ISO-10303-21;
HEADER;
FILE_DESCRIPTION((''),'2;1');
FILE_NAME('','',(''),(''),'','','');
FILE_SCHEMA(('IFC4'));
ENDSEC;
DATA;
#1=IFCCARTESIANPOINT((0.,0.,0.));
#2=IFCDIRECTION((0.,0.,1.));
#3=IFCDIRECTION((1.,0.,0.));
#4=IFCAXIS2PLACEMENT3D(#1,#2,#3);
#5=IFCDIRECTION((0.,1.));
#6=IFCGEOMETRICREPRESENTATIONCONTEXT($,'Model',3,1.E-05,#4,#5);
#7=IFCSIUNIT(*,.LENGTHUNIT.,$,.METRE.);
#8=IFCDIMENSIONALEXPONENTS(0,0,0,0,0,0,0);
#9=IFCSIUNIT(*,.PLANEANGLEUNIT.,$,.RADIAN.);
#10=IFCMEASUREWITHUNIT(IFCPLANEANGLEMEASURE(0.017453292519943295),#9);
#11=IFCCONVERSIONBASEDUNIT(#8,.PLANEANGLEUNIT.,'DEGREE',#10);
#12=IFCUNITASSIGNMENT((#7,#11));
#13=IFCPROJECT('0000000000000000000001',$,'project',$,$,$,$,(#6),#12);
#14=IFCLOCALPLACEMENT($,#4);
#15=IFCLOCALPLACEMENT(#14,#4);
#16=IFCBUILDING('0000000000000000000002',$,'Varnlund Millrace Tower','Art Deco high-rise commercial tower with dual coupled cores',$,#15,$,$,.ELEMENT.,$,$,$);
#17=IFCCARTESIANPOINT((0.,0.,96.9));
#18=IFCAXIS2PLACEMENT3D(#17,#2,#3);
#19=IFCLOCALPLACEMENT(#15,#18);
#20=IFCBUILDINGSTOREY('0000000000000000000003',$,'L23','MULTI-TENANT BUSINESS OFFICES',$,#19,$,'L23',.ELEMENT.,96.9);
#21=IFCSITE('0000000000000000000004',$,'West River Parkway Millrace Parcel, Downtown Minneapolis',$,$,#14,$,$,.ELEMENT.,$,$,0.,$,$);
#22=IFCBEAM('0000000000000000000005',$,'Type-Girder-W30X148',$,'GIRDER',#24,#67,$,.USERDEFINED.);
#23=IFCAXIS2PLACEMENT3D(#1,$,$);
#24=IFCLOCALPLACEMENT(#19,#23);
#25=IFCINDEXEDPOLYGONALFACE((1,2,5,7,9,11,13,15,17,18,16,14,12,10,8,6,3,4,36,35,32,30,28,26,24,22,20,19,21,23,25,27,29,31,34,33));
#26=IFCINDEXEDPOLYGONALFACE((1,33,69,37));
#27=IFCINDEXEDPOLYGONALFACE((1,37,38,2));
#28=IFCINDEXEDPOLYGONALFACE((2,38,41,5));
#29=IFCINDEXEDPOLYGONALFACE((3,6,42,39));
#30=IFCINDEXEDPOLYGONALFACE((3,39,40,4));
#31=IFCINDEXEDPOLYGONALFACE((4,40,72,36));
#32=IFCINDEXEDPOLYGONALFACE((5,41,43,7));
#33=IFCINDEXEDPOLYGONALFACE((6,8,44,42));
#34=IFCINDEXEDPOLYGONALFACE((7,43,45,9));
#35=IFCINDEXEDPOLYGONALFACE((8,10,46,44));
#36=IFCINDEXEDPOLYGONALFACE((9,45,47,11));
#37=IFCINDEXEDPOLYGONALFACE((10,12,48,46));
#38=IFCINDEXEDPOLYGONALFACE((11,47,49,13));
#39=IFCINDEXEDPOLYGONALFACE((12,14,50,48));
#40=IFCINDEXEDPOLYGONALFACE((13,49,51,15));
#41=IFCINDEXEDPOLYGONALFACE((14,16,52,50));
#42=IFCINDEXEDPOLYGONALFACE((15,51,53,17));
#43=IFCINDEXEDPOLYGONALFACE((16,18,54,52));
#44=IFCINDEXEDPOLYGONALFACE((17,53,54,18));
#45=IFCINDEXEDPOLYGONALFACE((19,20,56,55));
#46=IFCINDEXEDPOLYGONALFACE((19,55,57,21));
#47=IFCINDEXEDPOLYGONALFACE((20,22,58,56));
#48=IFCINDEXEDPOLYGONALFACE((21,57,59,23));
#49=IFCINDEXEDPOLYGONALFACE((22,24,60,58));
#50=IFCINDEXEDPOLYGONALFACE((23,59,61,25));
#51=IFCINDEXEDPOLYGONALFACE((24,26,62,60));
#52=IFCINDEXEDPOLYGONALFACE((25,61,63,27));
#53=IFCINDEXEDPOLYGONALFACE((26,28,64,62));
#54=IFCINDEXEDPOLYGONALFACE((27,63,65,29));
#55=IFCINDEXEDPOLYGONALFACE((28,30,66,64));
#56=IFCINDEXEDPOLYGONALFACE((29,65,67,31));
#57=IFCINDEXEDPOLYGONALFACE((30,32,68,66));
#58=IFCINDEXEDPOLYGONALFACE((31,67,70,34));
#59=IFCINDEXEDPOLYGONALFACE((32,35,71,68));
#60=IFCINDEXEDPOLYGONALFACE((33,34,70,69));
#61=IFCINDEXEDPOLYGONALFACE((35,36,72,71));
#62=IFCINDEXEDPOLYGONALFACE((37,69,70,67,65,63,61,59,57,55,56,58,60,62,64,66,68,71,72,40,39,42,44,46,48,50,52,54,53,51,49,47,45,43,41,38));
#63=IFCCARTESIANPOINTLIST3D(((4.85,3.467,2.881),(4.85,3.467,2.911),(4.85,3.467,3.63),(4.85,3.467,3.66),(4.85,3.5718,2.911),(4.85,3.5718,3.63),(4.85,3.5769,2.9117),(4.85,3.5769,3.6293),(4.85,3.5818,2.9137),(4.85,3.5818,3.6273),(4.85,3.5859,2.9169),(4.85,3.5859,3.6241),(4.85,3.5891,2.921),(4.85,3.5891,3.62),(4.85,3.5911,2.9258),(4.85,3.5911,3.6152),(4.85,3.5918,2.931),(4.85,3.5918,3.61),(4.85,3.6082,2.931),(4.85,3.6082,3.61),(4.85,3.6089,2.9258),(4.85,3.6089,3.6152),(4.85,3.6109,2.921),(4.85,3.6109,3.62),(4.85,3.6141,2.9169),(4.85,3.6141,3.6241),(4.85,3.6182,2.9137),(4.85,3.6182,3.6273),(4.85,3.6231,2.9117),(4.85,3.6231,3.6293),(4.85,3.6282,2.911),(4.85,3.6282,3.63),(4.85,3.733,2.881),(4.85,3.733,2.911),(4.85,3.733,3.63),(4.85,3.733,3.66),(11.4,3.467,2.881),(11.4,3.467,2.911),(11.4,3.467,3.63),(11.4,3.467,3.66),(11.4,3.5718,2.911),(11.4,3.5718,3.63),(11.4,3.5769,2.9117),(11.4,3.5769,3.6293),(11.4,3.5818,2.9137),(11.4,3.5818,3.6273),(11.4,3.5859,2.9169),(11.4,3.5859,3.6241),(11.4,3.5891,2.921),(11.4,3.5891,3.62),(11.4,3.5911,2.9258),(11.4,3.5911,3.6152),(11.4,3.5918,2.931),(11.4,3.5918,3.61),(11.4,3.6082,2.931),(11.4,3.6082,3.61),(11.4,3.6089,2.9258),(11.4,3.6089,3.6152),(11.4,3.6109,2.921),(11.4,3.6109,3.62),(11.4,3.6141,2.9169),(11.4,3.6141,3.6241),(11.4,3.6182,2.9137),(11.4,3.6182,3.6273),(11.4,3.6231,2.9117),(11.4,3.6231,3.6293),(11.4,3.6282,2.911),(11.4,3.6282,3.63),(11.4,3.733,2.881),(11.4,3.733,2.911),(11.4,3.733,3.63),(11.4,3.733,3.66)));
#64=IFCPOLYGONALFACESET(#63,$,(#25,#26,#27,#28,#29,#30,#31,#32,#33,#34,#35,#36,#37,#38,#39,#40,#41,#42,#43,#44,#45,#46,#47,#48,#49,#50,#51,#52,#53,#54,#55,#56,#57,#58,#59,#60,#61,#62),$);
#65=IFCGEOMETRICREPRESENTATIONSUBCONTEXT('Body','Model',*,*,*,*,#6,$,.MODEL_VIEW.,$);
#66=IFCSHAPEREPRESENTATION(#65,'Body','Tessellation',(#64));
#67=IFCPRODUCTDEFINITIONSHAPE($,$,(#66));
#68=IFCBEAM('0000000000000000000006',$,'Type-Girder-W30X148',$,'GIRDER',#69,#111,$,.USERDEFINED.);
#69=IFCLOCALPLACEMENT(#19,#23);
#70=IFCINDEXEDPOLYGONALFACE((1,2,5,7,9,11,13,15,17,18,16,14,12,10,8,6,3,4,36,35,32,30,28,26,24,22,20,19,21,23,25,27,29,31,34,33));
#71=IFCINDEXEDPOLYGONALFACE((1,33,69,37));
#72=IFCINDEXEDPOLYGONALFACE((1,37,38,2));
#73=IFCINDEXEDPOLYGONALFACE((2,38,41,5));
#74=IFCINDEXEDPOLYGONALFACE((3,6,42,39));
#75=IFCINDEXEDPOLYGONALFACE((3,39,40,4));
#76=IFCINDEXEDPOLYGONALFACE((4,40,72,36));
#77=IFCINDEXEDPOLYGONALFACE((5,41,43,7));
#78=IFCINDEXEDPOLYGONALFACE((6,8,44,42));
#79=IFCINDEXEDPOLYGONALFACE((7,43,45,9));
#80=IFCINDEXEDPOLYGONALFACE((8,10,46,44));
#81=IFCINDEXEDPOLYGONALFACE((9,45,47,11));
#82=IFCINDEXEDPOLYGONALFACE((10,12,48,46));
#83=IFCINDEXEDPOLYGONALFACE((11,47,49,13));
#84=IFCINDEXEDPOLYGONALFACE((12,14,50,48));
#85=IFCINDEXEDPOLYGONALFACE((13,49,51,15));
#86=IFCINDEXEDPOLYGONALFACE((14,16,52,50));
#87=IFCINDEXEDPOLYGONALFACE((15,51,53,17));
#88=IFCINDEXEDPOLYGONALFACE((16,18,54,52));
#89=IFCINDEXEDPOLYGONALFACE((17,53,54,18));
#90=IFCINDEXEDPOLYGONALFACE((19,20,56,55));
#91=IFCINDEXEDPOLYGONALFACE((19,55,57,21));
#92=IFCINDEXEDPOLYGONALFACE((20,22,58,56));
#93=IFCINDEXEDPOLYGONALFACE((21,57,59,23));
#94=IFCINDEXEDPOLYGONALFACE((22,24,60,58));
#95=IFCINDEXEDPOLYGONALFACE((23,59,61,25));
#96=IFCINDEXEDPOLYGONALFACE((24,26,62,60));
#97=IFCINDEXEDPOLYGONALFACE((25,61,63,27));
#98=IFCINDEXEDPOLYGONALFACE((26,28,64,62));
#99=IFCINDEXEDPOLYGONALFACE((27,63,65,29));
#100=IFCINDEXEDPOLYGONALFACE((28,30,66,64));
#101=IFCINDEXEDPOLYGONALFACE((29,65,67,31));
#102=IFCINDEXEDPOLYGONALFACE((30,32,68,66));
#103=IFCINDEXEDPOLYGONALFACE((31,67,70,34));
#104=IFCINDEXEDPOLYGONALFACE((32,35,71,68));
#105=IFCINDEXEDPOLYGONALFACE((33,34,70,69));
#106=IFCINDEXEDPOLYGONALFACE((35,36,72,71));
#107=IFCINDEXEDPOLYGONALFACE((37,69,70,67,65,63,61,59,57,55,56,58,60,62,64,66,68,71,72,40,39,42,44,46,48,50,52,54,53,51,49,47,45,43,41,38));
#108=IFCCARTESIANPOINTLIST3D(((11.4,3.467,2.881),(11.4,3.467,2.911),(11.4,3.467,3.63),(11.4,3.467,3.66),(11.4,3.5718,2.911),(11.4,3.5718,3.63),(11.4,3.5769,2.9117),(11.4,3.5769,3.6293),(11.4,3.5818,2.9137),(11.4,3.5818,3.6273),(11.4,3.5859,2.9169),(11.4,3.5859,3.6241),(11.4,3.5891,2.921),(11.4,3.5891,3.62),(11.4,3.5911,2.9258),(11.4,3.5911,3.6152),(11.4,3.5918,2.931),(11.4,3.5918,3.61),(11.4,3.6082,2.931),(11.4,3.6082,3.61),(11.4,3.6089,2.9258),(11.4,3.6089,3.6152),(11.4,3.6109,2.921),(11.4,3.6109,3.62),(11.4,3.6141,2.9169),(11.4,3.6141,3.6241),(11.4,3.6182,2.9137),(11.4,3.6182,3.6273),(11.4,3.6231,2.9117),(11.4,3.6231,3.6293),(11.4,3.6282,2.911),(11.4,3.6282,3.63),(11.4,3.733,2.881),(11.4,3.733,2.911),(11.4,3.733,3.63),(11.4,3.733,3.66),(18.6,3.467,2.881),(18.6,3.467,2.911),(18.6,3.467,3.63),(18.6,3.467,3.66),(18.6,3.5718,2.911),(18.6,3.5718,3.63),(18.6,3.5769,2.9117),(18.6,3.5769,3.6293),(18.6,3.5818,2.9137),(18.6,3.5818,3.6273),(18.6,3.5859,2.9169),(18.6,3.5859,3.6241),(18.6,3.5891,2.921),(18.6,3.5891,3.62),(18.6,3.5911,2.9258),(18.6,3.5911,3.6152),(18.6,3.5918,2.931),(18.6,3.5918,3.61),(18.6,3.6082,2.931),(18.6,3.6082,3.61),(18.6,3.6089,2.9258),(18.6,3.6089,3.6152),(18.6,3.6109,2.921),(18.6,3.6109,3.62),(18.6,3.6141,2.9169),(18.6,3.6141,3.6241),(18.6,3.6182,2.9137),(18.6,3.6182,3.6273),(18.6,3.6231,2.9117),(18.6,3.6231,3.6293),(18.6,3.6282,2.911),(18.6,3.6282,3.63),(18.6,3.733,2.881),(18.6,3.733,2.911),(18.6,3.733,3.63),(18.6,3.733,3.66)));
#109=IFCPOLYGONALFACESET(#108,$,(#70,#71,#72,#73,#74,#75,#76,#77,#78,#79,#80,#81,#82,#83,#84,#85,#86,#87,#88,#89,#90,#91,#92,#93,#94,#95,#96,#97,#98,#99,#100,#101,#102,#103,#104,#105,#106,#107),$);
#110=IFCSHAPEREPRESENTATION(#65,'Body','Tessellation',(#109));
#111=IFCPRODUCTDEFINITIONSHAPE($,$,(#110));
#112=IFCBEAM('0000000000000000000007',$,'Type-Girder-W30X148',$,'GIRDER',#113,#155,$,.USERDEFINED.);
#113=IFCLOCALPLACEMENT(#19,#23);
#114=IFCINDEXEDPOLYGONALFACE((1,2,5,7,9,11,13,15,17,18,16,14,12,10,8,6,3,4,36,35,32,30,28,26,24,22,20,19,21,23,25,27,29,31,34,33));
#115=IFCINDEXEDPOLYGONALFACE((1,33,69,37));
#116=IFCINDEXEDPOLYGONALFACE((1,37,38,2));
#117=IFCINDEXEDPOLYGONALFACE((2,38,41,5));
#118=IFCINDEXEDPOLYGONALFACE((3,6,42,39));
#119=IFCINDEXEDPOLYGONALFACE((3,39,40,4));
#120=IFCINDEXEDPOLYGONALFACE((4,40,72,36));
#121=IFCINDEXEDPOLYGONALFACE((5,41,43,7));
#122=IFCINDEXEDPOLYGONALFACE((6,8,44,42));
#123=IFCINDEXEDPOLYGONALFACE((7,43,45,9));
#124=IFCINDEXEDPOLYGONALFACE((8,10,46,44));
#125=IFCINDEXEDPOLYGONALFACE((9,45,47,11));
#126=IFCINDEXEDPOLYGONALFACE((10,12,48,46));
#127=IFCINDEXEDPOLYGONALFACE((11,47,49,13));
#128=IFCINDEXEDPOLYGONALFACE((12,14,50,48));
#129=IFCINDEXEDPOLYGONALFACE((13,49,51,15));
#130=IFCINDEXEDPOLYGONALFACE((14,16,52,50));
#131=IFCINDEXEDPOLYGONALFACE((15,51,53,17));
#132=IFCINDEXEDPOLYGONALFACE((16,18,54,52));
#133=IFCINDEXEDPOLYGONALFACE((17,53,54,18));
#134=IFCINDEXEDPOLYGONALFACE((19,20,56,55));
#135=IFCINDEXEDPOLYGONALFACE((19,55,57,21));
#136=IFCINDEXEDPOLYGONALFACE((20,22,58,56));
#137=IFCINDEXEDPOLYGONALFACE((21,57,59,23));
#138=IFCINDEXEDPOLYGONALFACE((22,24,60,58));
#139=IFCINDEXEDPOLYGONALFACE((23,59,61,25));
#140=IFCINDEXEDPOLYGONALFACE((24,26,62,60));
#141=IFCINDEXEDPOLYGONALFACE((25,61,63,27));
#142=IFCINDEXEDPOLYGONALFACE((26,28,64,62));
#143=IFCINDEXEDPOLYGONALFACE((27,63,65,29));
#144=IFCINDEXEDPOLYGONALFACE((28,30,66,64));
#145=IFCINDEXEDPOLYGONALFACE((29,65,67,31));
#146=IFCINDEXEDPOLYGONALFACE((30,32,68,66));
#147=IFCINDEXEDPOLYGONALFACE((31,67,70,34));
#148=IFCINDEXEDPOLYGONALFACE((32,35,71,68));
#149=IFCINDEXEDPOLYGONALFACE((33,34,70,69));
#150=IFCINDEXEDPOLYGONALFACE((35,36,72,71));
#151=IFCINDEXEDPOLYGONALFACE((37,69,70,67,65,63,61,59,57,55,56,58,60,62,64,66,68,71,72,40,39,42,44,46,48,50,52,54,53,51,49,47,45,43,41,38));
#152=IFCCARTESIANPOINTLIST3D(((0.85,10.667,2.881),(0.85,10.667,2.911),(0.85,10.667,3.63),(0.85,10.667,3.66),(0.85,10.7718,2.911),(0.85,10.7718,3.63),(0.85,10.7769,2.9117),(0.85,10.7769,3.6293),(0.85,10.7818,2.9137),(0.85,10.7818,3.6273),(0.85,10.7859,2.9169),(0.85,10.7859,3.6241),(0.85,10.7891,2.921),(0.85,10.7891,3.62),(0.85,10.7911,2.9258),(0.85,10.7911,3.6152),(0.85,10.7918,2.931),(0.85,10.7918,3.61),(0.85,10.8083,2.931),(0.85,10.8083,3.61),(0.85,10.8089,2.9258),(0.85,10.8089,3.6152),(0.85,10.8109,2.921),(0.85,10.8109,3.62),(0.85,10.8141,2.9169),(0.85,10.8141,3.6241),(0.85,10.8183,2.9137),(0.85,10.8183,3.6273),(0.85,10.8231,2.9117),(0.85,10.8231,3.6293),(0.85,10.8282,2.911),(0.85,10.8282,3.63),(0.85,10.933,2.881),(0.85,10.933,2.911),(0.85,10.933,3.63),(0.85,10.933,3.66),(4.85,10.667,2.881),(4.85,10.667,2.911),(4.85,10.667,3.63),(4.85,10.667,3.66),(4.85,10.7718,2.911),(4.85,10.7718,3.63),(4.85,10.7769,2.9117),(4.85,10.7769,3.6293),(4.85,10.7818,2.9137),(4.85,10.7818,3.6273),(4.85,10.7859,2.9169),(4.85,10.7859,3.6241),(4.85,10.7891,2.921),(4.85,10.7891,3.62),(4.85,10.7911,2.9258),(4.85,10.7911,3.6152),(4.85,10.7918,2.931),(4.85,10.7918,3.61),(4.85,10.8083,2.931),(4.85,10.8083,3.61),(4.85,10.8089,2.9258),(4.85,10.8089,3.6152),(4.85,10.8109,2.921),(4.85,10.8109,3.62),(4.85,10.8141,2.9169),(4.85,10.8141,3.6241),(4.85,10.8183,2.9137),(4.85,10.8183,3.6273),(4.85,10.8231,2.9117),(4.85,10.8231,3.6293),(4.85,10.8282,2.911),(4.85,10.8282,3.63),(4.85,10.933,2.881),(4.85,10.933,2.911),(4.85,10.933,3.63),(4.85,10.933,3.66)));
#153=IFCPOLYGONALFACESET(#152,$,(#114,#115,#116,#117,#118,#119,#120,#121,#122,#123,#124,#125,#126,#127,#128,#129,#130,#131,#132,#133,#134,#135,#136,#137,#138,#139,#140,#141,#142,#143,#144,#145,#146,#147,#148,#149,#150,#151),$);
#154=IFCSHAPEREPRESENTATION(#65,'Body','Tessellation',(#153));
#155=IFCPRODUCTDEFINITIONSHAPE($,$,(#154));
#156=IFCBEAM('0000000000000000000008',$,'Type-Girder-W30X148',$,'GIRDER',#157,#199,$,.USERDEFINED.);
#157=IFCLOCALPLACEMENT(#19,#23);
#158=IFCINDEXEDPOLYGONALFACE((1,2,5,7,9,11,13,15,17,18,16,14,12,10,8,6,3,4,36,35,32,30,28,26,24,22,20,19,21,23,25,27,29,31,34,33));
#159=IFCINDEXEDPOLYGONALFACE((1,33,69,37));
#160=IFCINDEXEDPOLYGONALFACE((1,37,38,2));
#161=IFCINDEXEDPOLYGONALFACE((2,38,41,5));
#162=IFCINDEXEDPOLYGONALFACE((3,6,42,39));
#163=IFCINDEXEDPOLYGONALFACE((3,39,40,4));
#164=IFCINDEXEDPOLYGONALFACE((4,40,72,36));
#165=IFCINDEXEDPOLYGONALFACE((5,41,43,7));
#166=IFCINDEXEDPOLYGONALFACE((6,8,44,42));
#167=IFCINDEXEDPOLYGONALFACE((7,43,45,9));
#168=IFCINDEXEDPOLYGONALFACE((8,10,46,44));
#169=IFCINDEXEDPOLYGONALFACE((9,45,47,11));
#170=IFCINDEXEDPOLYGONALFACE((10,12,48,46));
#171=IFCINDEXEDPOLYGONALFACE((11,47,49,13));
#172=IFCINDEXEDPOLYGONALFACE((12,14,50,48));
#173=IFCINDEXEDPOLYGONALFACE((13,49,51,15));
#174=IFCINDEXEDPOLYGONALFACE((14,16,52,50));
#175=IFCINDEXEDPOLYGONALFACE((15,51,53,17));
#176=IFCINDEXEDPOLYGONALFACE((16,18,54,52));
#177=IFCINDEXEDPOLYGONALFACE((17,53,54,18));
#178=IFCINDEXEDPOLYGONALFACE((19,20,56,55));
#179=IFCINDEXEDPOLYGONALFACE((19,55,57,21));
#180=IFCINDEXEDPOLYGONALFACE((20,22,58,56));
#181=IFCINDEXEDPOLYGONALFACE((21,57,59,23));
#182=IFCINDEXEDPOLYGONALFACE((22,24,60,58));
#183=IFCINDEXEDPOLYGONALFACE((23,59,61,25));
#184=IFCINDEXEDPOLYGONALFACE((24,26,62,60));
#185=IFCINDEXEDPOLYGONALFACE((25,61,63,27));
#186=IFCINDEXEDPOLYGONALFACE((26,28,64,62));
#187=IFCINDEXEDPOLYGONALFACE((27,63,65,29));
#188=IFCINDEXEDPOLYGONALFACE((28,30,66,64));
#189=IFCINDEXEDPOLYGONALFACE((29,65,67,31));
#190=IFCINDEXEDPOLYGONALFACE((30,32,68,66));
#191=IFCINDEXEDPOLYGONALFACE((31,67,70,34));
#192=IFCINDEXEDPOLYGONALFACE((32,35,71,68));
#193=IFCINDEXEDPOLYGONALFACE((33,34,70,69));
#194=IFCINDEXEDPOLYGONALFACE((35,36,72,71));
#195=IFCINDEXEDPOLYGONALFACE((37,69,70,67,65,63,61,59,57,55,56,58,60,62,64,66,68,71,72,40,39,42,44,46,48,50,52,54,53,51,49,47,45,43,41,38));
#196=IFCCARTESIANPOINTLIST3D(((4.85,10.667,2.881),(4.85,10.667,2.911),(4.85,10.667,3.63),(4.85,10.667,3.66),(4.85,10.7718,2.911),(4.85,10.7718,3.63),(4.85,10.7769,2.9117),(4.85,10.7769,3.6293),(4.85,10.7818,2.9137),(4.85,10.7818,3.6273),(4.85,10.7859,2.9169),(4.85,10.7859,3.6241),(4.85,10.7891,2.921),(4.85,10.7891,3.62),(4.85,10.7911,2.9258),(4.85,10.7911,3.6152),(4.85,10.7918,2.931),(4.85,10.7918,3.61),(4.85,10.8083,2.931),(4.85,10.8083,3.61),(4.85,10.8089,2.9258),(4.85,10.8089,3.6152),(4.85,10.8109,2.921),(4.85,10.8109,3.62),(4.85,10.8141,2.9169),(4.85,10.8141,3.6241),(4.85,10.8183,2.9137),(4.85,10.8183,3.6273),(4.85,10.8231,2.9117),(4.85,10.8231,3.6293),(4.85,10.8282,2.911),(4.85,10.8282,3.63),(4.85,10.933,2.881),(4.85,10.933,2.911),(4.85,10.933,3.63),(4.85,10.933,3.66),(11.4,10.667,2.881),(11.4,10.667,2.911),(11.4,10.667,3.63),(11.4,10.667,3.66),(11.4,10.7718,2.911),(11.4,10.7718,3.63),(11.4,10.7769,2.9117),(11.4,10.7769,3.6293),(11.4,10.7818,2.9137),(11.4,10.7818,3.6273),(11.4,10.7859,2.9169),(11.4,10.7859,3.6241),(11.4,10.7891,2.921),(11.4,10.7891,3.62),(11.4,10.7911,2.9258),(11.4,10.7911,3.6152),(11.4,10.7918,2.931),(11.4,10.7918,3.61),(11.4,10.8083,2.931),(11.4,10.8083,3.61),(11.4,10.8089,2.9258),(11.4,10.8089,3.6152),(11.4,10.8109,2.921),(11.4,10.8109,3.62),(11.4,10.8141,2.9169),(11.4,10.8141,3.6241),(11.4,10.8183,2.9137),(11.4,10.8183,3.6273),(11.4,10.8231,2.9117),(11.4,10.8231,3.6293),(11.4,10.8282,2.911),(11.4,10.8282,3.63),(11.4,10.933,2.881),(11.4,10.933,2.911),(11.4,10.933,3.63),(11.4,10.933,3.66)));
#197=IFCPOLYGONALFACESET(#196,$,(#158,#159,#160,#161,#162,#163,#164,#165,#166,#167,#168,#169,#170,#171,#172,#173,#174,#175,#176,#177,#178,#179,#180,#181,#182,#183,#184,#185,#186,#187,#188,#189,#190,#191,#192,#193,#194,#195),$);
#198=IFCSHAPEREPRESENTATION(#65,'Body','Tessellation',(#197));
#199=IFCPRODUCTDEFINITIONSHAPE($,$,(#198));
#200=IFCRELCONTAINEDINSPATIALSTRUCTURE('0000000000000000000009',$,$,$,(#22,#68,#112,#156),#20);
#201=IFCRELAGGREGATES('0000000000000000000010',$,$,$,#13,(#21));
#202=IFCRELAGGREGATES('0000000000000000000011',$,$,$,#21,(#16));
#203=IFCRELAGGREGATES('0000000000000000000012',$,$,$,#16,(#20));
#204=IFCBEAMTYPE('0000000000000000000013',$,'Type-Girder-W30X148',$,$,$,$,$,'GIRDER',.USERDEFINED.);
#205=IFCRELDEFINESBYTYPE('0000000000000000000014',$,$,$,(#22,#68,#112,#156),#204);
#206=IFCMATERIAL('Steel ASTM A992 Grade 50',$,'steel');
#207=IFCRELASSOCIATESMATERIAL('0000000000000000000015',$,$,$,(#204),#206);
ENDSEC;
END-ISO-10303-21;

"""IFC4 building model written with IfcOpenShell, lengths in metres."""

from ifc_helpers import new_model, entity, si_unit, converted_unit, direction, frame, origin_with_axes, origin_2d_with_axis, place, context, subcontext, project, spatial, i_section, extrude, material, material_profile, profile_set, type_object, element, save


model = new_model("IFC4")

# Units and contexts
model_context = context("Model", 3, precision=1e-05, world=origin_with_axes(), true_north=direction((0.0, 1.0)))
body_context = subcontext(model_context, "Body", "Model", "MODEL_VIEW")
ifc_project = project(units=[si_unit("LENGTHUNIT", "METRE"), converted_unit("PLANEANGLEUNIT", "DEGREE", entity("IfcPlaneAngleMeasure", 0.017453292519943295), si_unit("PLANEANGLEUNIT", "RADIAN"), dimensions=[0, 0, 0, 0, 0, 0, 0])], contexts=[model_context])

# Site, building, storey
site_placement = place(None, origin_with_axes())
site = spatial("IfcSite", under=ifc_project, at=site_placement, Name="West River Parkway Millrace Parcel, Downtown Minneapolis", CompositionType="ELEMENT", RefElevation=0.0)
building_placement = place(site_placement, origin_with_axes())
building = spatial("IfcBuilding", under=site, at=building_placement, Name="Varnlund Millrace Tower", Description="Art Deco high-rise commercial tower with dual coupled cores", CompositionType="ELEMENT")
storey_placement = place(building_placement, frame((0.0, 0.0, 96.9), z_axis=(0.0, 0.0, 1.0), x_axis=(1.0, 0.0, 0.0)))
storey = spatial("IfcBuildingStorey", under=building, at=storey_placement, Name="L23", Description="MULTI-TENANT BUSINESS OFFICES", LongName="L23", CompositionType="ELEMENT", Elevation=96.9)

# Beams
ifc_material_1 = material(Name="Steel ASTM A992 Grade 50", Category="steel")
ifc_material_profile_1 = material_profile(ifc_material_1, i_section(OverallWidth=0.266, OverallDepth=0.779, WebThickness=0.0165, FlangeThickness=0.03, FilletRadius=0.02, at=origin_2d_with_axis()), Name="Steel ASTM A992 Grade 50")
ifc_profile_set_1 = profile_set([ifc_material_profile_1], Name="Steel ASTM A992 Grade 50")
beam_type_1 = type_object("IfcBeamType", Name="Type-Girder-W30X148", ElementType="GIRDER", PredefinedType="USERDEFINED", material=ifc_profile_set_1)
beam_1_placement = place(storey_placement, frame((4.85, 3.6, 3.2705), z_axis=(1.0, 0.0, 0.0), x_axis=(0.0, 1.0, 0.0)))
element("IfcBeam", 1, at=beam_1_placement, inside=storey, type_object=beam_type_1, Name="Type-Girder-W30X148", ObjectType="GIRDER", PredefinedType="USERDEFINED", context=body_context, shape_type="SweptSolid", body=[
    extrude(i_section(OverallWidth=0.266, OverallDepth=0.779, WebThickness=0.0165, FlangeThickness=0.03, FilletRadius=0.02, at=origin_2d_with_axis()), origin_with_axes(), (0.0, 0.0, 1.0), 6.55),
])
beam_2_placement = place(storey_placement, frame((11.4, 3.6, 3.2705), z_axis=(1.0, 0.0, 0.0), x_axis=(0.0, 1.0, 0.0)))
element("IfcBeam", 2, at=beam_2_placement, inside=storey, type_object=beam_type_1, Name="Type-Girder-W30X148", ObjectType="GIRDER", PredefinedType="USERDEFINED", context=body_context, shape_type="SweptSolid", body=[
    extrude(i_section(OverallWidth=0.266, OverallDepth=0.779, WebThickness=0.0165, FlangeThickness=0.03, FilletRadius=0.02, at=origin_2d_with_axis()), origin_with_axes(), (0.0, 0.0, 1.0), 7.2),
])
beam_3_placement = place(storey_placement, frame((0.85, 10.8, 3.2705), z_axis=(1.0, 0.0, 0.0), x_axis=(0.0, 1.0, 0.0)))
element("IfcBeam", 3, at=beam_3_placement, inside=storey, type_object=beam_type_1, Name="Type-Girder-W30X148", ObjectType="GIRDER", PredefinedType="USERDEFINED", context=body_context, shape_type="SweptSolid", body=[
    extrude(i_section(OverallWidth=0.266, OverallDepth=0.779, WebThickness=0.0165, FlangeThickness=0.03, FilletRadius=0.02, at=origin_2d_with_axis()), origin_with_axes(), (0.0, 0.0, 1.0), 4.0),
])
beam_4_placement = place(storey_placement, frame((4.85, 10.8, 3.2705), z_axis=(1.0, 0.0, 0.0), x_axis=(0.0, 1.0, 0.0)))
element("IfcBeam", 4, at=beam_4_placement, inside=storey, type_object=beam_type_1, Name="Type-Girder-W30X148", ObjectType="GIRDER", PredefinedType="USERDEFINED", context=body_context, shape_type="SweptSolid", body=[
    extrude(i_section(OverallWidth=0.266, OverallDepth=0.779, WebThickness=0.0165, FlangeThickness=0.03, FilletRadius=0.02, at=origin_2d_with_axis()), origin_with_axes(), (0.0, 0.0, 1.0), 6.55),
])

save(model, "model.ifc")
